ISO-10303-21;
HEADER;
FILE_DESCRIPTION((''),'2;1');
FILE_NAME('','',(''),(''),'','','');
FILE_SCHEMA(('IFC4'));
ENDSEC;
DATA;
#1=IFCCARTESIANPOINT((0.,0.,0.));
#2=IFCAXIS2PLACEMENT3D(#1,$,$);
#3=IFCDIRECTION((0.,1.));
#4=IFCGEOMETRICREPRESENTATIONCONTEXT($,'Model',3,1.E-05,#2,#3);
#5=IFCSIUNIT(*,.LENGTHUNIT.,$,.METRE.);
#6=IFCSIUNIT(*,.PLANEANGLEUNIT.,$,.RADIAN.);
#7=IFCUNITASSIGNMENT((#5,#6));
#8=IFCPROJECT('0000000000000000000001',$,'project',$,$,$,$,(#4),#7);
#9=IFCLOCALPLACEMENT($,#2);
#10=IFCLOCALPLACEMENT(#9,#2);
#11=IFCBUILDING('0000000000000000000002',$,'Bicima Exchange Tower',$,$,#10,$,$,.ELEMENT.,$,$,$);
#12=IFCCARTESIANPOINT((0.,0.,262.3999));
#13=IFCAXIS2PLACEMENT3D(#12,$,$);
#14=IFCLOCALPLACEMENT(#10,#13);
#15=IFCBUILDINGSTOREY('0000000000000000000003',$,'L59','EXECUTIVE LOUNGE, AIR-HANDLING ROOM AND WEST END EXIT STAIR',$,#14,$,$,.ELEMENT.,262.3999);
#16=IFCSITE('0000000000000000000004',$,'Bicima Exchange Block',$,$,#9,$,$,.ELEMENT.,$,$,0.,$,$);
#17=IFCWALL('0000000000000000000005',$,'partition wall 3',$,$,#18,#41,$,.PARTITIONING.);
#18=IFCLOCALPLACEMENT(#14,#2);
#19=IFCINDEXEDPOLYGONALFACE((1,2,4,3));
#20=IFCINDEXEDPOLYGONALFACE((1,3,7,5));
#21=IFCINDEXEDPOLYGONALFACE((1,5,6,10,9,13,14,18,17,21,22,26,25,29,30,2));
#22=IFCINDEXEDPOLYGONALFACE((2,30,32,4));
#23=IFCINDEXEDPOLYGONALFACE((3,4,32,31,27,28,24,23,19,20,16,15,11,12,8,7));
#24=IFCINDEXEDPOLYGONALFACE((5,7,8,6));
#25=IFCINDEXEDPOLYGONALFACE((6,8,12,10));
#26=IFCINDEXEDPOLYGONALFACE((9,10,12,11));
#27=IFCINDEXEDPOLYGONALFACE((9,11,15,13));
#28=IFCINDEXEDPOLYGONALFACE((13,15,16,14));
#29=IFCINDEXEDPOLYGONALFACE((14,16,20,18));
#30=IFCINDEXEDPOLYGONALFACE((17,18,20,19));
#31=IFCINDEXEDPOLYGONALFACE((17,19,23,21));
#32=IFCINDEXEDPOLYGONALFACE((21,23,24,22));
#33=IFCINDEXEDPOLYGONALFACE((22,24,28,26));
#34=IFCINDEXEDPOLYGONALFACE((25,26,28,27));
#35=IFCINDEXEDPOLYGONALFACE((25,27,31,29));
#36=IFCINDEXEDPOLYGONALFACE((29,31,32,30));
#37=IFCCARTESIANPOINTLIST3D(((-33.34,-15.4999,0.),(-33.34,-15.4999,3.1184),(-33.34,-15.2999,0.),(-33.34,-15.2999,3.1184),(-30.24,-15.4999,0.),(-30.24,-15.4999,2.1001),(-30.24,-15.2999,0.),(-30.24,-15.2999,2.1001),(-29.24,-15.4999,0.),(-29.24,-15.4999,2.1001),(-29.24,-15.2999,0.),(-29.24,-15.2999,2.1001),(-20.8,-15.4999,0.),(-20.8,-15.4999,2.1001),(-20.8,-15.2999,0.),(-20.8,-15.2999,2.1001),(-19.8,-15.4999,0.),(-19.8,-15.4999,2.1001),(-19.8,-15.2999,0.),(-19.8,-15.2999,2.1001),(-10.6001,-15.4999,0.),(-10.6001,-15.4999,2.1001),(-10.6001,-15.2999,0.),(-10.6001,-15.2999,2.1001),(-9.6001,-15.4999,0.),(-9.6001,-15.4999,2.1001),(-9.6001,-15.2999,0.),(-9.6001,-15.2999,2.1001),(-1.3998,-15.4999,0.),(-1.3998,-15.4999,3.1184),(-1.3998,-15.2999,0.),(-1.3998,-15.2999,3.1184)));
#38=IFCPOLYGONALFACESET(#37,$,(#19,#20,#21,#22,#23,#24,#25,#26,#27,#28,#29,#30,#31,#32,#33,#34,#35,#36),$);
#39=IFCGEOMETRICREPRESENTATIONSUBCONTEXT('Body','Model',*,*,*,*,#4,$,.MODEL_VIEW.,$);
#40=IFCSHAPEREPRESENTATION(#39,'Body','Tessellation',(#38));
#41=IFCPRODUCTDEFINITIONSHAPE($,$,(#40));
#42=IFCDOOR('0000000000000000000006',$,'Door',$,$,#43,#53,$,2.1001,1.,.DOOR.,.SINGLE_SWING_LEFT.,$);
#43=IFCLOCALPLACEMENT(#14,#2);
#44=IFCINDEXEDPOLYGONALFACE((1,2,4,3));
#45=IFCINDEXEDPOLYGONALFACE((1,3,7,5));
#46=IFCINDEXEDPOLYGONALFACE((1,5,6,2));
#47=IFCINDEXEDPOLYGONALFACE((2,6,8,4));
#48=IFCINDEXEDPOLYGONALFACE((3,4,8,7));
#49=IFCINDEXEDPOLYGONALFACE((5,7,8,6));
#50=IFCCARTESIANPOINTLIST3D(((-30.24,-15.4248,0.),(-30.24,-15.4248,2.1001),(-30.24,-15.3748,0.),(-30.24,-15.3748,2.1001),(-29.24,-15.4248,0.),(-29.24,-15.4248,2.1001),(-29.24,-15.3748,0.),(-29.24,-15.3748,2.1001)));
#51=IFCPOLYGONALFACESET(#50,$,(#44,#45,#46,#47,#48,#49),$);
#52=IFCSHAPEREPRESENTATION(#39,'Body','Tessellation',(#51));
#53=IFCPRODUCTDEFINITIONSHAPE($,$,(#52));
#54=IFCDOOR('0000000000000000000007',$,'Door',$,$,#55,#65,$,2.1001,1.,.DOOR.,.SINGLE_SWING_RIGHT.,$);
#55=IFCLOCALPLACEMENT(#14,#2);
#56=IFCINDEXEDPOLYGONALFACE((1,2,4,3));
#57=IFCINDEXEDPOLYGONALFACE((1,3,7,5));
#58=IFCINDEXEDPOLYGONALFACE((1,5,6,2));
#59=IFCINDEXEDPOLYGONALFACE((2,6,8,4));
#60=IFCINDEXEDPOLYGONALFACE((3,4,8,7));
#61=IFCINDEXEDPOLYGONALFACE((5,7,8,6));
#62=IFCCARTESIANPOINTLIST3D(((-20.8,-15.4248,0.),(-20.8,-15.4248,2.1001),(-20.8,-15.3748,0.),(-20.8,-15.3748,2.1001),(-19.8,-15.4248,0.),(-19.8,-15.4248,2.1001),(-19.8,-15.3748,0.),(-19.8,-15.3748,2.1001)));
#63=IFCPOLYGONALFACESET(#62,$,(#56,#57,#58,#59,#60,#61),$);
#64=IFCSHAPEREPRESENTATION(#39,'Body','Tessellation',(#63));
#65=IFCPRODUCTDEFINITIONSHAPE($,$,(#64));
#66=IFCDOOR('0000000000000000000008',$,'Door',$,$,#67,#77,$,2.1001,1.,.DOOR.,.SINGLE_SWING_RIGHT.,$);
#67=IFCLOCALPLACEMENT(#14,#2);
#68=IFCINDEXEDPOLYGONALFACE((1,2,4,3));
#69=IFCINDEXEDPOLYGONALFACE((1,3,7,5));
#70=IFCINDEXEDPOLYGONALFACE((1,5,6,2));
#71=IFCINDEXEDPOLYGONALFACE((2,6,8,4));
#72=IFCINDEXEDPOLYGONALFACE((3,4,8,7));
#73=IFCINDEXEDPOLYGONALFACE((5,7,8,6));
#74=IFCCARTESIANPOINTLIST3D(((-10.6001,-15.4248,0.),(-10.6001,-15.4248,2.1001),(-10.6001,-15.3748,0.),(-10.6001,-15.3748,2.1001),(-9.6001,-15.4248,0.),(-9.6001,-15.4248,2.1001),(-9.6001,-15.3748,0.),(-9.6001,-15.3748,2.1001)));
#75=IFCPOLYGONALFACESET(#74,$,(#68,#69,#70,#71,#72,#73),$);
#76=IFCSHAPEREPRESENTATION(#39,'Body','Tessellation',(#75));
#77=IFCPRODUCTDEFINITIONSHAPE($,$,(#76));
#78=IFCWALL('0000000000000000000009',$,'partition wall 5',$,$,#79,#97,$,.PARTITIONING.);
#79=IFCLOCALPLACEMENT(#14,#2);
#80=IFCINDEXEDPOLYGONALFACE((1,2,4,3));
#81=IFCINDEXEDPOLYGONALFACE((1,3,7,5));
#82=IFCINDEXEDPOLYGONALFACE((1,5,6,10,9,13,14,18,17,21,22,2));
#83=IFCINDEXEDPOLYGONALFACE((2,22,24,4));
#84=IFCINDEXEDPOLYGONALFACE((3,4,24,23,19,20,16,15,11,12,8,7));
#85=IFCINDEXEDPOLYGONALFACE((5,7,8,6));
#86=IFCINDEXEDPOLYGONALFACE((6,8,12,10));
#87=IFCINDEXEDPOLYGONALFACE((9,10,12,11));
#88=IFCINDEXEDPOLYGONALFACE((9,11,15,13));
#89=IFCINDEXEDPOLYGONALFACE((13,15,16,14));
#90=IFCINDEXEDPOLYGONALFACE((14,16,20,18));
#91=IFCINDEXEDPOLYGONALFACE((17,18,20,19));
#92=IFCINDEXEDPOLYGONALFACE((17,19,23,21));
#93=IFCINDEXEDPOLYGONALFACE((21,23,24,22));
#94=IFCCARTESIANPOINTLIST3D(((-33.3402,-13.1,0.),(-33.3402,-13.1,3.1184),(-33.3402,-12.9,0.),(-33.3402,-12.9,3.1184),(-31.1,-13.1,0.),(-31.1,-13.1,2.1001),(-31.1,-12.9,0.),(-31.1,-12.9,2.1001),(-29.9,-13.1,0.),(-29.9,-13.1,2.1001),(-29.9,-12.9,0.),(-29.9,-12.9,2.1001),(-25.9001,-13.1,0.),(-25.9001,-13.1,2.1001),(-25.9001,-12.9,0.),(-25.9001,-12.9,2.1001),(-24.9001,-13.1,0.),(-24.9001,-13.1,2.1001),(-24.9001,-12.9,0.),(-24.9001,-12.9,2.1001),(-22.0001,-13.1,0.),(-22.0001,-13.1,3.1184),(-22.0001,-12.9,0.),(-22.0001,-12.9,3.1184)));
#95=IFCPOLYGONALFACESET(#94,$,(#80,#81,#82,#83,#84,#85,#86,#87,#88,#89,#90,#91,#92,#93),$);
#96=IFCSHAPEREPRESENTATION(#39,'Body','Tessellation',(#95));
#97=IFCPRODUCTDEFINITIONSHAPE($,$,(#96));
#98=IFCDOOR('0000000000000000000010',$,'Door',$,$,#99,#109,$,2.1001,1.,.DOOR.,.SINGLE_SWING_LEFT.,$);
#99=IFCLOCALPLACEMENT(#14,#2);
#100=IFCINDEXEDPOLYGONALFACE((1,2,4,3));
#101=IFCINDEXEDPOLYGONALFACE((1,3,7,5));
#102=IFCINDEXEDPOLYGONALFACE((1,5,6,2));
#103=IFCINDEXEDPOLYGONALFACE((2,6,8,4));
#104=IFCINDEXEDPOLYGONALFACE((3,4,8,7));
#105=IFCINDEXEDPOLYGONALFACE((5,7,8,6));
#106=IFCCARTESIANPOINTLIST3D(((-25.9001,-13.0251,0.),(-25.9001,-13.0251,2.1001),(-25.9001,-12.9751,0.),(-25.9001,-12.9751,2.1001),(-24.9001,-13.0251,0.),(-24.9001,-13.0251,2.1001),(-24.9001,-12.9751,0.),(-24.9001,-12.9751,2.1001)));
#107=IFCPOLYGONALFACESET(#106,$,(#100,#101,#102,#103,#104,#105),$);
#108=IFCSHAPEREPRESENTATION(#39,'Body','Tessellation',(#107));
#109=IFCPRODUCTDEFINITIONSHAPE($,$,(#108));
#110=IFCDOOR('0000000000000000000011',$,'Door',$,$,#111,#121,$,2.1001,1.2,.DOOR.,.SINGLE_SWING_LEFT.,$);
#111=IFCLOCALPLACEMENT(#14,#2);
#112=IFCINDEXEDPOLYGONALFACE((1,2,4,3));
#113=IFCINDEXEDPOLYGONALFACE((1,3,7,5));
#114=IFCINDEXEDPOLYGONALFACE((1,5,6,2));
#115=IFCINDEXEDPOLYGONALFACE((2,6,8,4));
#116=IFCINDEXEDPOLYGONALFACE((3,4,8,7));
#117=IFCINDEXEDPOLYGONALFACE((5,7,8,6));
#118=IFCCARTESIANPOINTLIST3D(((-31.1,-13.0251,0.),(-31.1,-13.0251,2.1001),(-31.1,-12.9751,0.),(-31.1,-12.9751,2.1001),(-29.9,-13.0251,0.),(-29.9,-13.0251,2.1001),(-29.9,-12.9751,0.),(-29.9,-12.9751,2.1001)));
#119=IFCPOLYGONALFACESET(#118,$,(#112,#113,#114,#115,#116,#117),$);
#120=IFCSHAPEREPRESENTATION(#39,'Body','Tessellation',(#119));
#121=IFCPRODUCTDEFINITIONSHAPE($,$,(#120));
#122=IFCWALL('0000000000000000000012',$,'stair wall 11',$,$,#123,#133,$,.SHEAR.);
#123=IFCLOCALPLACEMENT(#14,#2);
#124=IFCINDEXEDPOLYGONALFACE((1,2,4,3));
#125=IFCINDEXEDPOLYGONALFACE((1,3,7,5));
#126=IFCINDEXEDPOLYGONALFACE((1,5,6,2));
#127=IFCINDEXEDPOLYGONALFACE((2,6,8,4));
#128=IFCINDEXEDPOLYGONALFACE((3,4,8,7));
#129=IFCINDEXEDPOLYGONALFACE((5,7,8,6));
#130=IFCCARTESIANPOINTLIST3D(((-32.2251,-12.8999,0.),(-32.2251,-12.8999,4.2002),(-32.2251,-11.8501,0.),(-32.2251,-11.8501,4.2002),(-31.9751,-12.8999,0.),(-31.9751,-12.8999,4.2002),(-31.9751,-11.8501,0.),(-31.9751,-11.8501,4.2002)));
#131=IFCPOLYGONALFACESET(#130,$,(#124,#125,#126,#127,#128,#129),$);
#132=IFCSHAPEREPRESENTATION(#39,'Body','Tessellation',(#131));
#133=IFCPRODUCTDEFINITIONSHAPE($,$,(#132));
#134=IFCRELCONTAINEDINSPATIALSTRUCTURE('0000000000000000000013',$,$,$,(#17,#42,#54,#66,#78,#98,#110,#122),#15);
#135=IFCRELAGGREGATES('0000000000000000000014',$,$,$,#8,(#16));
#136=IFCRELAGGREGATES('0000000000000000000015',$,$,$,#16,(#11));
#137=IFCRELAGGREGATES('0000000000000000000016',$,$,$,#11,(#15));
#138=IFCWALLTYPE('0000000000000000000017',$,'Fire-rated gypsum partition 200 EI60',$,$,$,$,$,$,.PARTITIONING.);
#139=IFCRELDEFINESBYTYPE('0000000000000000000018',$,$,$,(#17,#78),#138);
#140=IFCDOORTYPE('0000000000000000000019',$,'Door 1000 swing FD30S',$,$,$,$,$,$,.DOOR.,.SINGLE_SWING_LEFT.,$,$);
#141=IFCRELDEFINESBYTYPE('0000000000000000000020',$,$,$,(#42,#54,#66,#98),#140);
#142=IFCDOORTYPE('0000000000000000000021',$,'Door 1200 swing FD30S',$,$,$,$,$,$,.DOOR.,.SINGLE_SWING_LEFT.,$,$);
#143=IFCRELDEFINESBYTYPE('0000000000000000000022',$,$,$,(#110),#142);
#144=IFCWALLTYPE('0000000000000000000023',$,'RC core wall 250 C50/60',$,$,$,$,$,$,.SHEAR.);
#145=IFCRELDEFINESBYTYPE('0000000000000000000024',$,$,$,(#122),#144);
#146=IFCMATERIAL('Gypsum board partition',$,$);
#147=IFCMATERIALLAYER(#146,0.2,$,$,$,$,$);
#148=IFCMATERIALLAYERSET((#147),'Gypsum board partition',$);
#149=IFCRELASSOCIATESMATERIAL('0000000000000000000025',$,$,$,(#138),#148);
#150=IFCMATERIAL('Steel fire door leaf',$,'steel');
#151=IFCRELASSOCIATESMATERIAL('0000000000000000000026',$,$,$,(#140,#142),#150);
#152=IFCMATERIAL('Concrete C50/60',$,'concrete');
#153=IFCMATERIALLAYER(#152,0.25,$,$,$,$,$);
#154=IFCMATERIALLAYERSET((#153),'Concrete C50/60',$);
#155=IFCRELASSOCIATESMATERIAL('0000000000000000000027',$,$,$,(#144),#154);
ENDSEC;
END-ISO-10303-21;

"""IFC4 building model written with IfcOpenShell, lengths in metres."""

from ifc_helpers import new_model, si_unit, direction, frame, frame_2d, origin, place, context, subcontext, project, spatial, rectangle, extrude, material, layer, layer_set, type_object, element, fill, save


model = new_model("IFC4")

# Units and contexts
model_context = context("Model", 3, precision=1e-05, world=origin(), true_north=direction((0.0, 1.0)))
body_context = subcontext(model_context, "Body", "Model", "MODEL_VIEW")
ifc_project = project(units=[si_unit("LENGTHUNIT", "METRE"), si_unit("PLANEANGLEUNIT", "RADIAN")], contexts=[model_context])

# Site, building, storey
site_placement = place(None, origin())
site = spatial("IfcSite", under=ifc_project, at=site_placement, Name="Bicima Exchange Block", CompositionType="ELEMENT", RefElevation=0.0)
building_placement = place(site_placement, origin())
building = spatial("IfcBuilding", under=site, at=building_placement, Name="Bicima Exchange Tower", CompositionType="ELEMENT")
storey_placement = place(building_placement, frame((0.0, 0.0, 262.3999)))
storey = spatial("IfcBuildingStorey", under=building, at=storey_placement, Name="L59", Description="EXECUTIVE LOUNGE, AIR-HANDLING ROOM AND WEST END EXIT STAIR", CompositionType="ELEMENT", Elevation=262.3999)

# Walls, openings, doors
ifc_material_1 = material(Name="Gypsum board partition")
ifc_layer_1 = layer(ifc_material_1, 0.2)
ifc_layer_set_1 = layer_set([ifc_layer_1], Name="Gypsum board partition")
wall_type_1 = type_object("IfcWallType", Name="Fire-rated gypsum partition 200 EI60", PredefinedType="PARTITIONING", material=ifc_layer_set_1)
wall_1_placement = place(storey_placement, frame((-33.3401, -15.3999, 0.0), z_axis=(0.0, 0.0, 1.0), x_axis=(1.0, 0.0, 0.0)))
wall_1 = element("IfcWall", 1, at=wall_1_placement, inside=storey, type_object=wall_type_1, Name="partition wall 3", PredefinedType="PARTITIONING", context=body_context, shape_type="SweptSolid", body=[
    extrude(rectangle(XDim=31.9402, YDim=0.2, at=frame_2d((15.9702, 0.0))), origin(), (0.0, 0.0, 1.0), 3.1184),
])
opening_1_placement = place(wall_1_placement, frame((3.1001, 0.0, 0.0)))
opening_1 = element("IfcOpeningElement", 2, at=opening_1_placement, cuts=wall_1, PredefinedType="OPENING", context=body_context, shape_type="SweptSolid", body=[
    extrude(rectangle(XDim=1.0, YDim=2.1001, at=frame_2d((0.5, 1.05))), frame((0.0, 0.1118, 0.0), z_axis=(0.0, -1.0, 0.0), x_axis=(1.0, 0.0, 0.0)), (0.0, 0.0, 1.0), 0.2239),
])
opening_2_placement = place(wall_1_placement, frame((12.54, 0.0, 0.0)))
opening_2 = element("IfcOpeningElement", 3, at=opening_2_placement, cuts=wall_1, PredefinedType="OPENING", context=body_context, shape_type="SweptSolid", body=[
    extrude(rectangle(XDim=1.0, YDim=2.1001, at=frame_2d((0.5, 1.05))), frame((0.0, 0.1118, 0.0), z_axis=(0.0, -1.0, 0.0), x_axis=(1.0, 0.0, 0.0)), (0.0, 0.0, 1.0), 0.2239),
])
opening_3_placement = place(wall_1_placement, frame((22.74, 0.0, 0.0)))
opening_3 = element("IfcOpeningElement", 4, at=opening_3_placement, cuts=wall_1, PredefinedType="OPENING", context=body_context, shape_type="SweptSolid", body=[
    extrude(rectangle(XDim=1.0, YDim=2.1001, at=frame_2d((0.5, 1.05))), frame((0.0, 0.1118, 0.0), z_axis=(0.0, -1.0, 0.0), x_axis=(1.0, 0.0, 0.0)), (0.0, 0.0, 1.0), 0.2239),
])
ifc_material_2 = material(Name="Steel fire door leaf", Category="steel")
door_type_1 = type_object("IfcDoorType", Name="Door 1000 swing FD30S", OperationType="SINGLE_SWING_LEFT", PredefinedType="DOOR", material=ifc_material_2)
door_1_placement = place(opening_1_placement, frame((1.0, 0.0, 0.0), z_axis=(0.0, 0.0, 1.0), x_axis=(-1.0, 0.0, 0.0)))
door_1 = element("IfcDoor", 5, at=door_1_placement, inside=storey, type_object=door_type_1, Name="Door", OperationType="SINGLE_SWING_LEFT", OverallHeight=2.1001, OverallWidth=1.0, PredefinedType="DOOR", context=body_context, shape_type="SweptSolid", body=[
    extrude(rectangle(XDim=1.0, YDim=2.1001, at=frame_2d((0.5, 1.05))), frame((0.0, 0.0249, 0.0), z_axis=(0.0, -1.0, 0.0), x_axis=(1.0, 0.0, 0.0)), (0.0, 0.0, 1.0), 0.05),
])
fill(opening_1, door_1)
door_2_placement = place(opening_2_placement, frame((1.0, 0.0, 0.0), z_axis=(0.0, 0.0, 1.0), x_axis=(-1.0, 0.0, 0.0)))
door_2 = element("IfcDoor", 6, at=door_2_placement, inside=storey, type_object=door_type_1, Name="Door", OperationType="SINGLE_SWING_RIGHT", OverallHeight=2.1001, OverallWidth=1.0, PredefinedType="DOOR", context=body_context, shape_type="SweptSolid", body=[
    extrude(rectangle(XDim=1.0, YDim=2.1001, at=frame_2d((0.5, 1.05))), frame((0.0, 0.0249, 0.0), z_axis=(0.0, -1.0, 0.0), x_axis=(1.0, 0.0, 0.0)), (0.0, 0.0, 1.0), 0.05),
])
fill(opening_2, door_2)
door_3_placement = place(opening_3_placement, frame((1.0, 0.0, 0.0), z_axis=(0.0, 0.0, 1.0), x_axis=(-1.0, 0.0, 0.0)))
door_3 = element("IfcDoor", 7, at=door_3_placement, inside=storey, type_object=door_type_1, Name="Door", OperationType="SINGLE_SWING_RIGHT", OverallHeight=2.1001, OverallWidth=1.0, PredefinedType="DOOR", context=body_context, shape_type="SweptSolid", body=[
    extrude(rectangle(XDim=1.0, YDim=2.1001, at=frame_2d((0.5, 1.05))), frame((0.0, 0.0249, 0.0), z_axis=(0.0, -1.0, 0.0), x_axis=(1.0, 0.0, 0.0)), (0.0, 0.0, 1.0), 0.05),
])
fill(opening_3, door_3)
wall_2_placement = place(storey_placement, frame((-33.3401, -13.0, 0.0), z_axis=(0.0, 0.0, 1.0), x_axis=(1.0, 0.0, 0.0)))
wall_2 = element("IfcWall", 8, at=wall_2_placement, inside=storey, type_object=wall_type_1, Name="partition wall 5", PredefinedType="PARTITIONING", context=body_context, shape_type="SweptSolid", body=[
    extrude(rectangle(XDim=11.3401, YDim=0.2, at=frame_2d((5.6699, 0.0))), origin(), (0.0, 0.0, 1.0), 3.1184),
])
opening_4_placement = place(wall_2_placement, frame((2.24, 0.0, 0.0)))
opening_4 = element("IfcOpeningElement", 9, at=opening_4_placement, cuts=wall_2, PredefinedType="OPENING", context=body_context, shape_type="SweptSolid", body=[
    extrude(rectangle(XDim=1.2, YDim=2.1001, at=frame_2d((0.6001, 1.05))), frame((0.0, 0.1118, 0.0), z_axis=(0.0, -1.0, 0.0), x_axis=(1.0, 0.0, 0.0)), (0.0, 0.0, 1.0), 0.2239),
])
opening_5_placement = place(wall_2_placement, frame((7.4399, 0.0, 0.0)))
opening_5 = element("IfcOpeningElement", 10, at=opening_5_placement, cuts=wall_2, PredefinedType="OPENING", context=body_context, shape_type="SweptSolid", body=[
    extrude(rectangle(XDim=1.0, YDim=2.1001, at=frame_2d((0.5, 1.05))), frame((0.0, 0.1118, 0.0), z_axis=(0.0, -1.0, 0.0), x_axis=(1.0, 0.0, 0.0)), (0.0, 0.0, 1.0), 0.2239),
])
door_4_placement = place(opening_5_placement, origin())
door_4 = element("IfcDoor", 11, at=door_4_placement, inside=storey, type_object=door_type_1, Name="Door", OperationType="SINGLE_SWING_LEFT", OverallHeight=2.1001, OverallWidth=1.0, PredefinedType="DOOR", context=body_context, shape_type="SweptSolid", body=[
    extrude(rectangle(XDim=1.0, YDim=2.1001, at=frame_2d((0.5, 1.05))), frame((0.0, 0.0249, 0.0), z_axis=(0.0, -1.0, 0.0), x_axis=(1.0, 0.0, 0.0)), (0.0, 0.0, 1.0), 0.05),
])
fill(opening_5, door_4)
door_type_2 = type_object("IfcDoorType", Name="Door 1200 swing FD30S", OperationType="SINGLE_SWING_LEFT", PredefinedType="DOOR", material=ifc_material_2)
door_5_placement = place(opening_4_placement, origin())
door_5 = element("IfcDoor", 12, at=door_5_placement, inside=storey, type_object=door_type_2, Name="Door", OperationType="SINGLE_SWING_LEFT", OverallHeight=2.1001, OverallWidth=1.2, PredefinedType="DOOR", context=body_context, shape_type="SweptSolid", body=[
    extrude(rectangle(XDim=1.2, YDim=2.1001, at=frame_2d((0.6001, 1.05))), frame((0.0, 0.0249, 0.0), z_axis=(0.0, -1.0, 0.0), x_axis=(1.0, 0.0, 0.0)), (0.0, 0.0, 1.0), 0.05),
])
fill(opening_4, door_5)

# Wall
ifc_material_3 = material(Name="Concrete C50/60", Category="concrete")
ifc_layer_2 = layer(ifc_material_3, 0.25)
ifc_layer_set_2 = layer_set([ifc_layer_2], Name="Concrete C50/60")
wall_type_2 = type_object("IfcWallType", Name="RC core wall 250 C50/60", PredefinedType="SHEAR", material=ifc_layer_set_2)
wall_3_placement = place(storey_placement, frame((-32.1001, -12.8999, 0.0), z_axis=(0.0, 0.0, 1.0), x_axis=(0.0, 1.0, 0.0)))
element("IfcWall", 13, at=wall_3_placement, inside=storey, type_object=wall_type_2, Name="stair wall 11", PredefinedType="SHEAR", context=body_context, shape_type="SweptSolid", body=[
    extrude(rectangle(XDim=1.0498, YDim=0.25, at=frame_2d((0.5249, 0.0))), origin(), (0.0, 0.0, 1.0), 4.2002),
])

save(model, "model.ifc")
